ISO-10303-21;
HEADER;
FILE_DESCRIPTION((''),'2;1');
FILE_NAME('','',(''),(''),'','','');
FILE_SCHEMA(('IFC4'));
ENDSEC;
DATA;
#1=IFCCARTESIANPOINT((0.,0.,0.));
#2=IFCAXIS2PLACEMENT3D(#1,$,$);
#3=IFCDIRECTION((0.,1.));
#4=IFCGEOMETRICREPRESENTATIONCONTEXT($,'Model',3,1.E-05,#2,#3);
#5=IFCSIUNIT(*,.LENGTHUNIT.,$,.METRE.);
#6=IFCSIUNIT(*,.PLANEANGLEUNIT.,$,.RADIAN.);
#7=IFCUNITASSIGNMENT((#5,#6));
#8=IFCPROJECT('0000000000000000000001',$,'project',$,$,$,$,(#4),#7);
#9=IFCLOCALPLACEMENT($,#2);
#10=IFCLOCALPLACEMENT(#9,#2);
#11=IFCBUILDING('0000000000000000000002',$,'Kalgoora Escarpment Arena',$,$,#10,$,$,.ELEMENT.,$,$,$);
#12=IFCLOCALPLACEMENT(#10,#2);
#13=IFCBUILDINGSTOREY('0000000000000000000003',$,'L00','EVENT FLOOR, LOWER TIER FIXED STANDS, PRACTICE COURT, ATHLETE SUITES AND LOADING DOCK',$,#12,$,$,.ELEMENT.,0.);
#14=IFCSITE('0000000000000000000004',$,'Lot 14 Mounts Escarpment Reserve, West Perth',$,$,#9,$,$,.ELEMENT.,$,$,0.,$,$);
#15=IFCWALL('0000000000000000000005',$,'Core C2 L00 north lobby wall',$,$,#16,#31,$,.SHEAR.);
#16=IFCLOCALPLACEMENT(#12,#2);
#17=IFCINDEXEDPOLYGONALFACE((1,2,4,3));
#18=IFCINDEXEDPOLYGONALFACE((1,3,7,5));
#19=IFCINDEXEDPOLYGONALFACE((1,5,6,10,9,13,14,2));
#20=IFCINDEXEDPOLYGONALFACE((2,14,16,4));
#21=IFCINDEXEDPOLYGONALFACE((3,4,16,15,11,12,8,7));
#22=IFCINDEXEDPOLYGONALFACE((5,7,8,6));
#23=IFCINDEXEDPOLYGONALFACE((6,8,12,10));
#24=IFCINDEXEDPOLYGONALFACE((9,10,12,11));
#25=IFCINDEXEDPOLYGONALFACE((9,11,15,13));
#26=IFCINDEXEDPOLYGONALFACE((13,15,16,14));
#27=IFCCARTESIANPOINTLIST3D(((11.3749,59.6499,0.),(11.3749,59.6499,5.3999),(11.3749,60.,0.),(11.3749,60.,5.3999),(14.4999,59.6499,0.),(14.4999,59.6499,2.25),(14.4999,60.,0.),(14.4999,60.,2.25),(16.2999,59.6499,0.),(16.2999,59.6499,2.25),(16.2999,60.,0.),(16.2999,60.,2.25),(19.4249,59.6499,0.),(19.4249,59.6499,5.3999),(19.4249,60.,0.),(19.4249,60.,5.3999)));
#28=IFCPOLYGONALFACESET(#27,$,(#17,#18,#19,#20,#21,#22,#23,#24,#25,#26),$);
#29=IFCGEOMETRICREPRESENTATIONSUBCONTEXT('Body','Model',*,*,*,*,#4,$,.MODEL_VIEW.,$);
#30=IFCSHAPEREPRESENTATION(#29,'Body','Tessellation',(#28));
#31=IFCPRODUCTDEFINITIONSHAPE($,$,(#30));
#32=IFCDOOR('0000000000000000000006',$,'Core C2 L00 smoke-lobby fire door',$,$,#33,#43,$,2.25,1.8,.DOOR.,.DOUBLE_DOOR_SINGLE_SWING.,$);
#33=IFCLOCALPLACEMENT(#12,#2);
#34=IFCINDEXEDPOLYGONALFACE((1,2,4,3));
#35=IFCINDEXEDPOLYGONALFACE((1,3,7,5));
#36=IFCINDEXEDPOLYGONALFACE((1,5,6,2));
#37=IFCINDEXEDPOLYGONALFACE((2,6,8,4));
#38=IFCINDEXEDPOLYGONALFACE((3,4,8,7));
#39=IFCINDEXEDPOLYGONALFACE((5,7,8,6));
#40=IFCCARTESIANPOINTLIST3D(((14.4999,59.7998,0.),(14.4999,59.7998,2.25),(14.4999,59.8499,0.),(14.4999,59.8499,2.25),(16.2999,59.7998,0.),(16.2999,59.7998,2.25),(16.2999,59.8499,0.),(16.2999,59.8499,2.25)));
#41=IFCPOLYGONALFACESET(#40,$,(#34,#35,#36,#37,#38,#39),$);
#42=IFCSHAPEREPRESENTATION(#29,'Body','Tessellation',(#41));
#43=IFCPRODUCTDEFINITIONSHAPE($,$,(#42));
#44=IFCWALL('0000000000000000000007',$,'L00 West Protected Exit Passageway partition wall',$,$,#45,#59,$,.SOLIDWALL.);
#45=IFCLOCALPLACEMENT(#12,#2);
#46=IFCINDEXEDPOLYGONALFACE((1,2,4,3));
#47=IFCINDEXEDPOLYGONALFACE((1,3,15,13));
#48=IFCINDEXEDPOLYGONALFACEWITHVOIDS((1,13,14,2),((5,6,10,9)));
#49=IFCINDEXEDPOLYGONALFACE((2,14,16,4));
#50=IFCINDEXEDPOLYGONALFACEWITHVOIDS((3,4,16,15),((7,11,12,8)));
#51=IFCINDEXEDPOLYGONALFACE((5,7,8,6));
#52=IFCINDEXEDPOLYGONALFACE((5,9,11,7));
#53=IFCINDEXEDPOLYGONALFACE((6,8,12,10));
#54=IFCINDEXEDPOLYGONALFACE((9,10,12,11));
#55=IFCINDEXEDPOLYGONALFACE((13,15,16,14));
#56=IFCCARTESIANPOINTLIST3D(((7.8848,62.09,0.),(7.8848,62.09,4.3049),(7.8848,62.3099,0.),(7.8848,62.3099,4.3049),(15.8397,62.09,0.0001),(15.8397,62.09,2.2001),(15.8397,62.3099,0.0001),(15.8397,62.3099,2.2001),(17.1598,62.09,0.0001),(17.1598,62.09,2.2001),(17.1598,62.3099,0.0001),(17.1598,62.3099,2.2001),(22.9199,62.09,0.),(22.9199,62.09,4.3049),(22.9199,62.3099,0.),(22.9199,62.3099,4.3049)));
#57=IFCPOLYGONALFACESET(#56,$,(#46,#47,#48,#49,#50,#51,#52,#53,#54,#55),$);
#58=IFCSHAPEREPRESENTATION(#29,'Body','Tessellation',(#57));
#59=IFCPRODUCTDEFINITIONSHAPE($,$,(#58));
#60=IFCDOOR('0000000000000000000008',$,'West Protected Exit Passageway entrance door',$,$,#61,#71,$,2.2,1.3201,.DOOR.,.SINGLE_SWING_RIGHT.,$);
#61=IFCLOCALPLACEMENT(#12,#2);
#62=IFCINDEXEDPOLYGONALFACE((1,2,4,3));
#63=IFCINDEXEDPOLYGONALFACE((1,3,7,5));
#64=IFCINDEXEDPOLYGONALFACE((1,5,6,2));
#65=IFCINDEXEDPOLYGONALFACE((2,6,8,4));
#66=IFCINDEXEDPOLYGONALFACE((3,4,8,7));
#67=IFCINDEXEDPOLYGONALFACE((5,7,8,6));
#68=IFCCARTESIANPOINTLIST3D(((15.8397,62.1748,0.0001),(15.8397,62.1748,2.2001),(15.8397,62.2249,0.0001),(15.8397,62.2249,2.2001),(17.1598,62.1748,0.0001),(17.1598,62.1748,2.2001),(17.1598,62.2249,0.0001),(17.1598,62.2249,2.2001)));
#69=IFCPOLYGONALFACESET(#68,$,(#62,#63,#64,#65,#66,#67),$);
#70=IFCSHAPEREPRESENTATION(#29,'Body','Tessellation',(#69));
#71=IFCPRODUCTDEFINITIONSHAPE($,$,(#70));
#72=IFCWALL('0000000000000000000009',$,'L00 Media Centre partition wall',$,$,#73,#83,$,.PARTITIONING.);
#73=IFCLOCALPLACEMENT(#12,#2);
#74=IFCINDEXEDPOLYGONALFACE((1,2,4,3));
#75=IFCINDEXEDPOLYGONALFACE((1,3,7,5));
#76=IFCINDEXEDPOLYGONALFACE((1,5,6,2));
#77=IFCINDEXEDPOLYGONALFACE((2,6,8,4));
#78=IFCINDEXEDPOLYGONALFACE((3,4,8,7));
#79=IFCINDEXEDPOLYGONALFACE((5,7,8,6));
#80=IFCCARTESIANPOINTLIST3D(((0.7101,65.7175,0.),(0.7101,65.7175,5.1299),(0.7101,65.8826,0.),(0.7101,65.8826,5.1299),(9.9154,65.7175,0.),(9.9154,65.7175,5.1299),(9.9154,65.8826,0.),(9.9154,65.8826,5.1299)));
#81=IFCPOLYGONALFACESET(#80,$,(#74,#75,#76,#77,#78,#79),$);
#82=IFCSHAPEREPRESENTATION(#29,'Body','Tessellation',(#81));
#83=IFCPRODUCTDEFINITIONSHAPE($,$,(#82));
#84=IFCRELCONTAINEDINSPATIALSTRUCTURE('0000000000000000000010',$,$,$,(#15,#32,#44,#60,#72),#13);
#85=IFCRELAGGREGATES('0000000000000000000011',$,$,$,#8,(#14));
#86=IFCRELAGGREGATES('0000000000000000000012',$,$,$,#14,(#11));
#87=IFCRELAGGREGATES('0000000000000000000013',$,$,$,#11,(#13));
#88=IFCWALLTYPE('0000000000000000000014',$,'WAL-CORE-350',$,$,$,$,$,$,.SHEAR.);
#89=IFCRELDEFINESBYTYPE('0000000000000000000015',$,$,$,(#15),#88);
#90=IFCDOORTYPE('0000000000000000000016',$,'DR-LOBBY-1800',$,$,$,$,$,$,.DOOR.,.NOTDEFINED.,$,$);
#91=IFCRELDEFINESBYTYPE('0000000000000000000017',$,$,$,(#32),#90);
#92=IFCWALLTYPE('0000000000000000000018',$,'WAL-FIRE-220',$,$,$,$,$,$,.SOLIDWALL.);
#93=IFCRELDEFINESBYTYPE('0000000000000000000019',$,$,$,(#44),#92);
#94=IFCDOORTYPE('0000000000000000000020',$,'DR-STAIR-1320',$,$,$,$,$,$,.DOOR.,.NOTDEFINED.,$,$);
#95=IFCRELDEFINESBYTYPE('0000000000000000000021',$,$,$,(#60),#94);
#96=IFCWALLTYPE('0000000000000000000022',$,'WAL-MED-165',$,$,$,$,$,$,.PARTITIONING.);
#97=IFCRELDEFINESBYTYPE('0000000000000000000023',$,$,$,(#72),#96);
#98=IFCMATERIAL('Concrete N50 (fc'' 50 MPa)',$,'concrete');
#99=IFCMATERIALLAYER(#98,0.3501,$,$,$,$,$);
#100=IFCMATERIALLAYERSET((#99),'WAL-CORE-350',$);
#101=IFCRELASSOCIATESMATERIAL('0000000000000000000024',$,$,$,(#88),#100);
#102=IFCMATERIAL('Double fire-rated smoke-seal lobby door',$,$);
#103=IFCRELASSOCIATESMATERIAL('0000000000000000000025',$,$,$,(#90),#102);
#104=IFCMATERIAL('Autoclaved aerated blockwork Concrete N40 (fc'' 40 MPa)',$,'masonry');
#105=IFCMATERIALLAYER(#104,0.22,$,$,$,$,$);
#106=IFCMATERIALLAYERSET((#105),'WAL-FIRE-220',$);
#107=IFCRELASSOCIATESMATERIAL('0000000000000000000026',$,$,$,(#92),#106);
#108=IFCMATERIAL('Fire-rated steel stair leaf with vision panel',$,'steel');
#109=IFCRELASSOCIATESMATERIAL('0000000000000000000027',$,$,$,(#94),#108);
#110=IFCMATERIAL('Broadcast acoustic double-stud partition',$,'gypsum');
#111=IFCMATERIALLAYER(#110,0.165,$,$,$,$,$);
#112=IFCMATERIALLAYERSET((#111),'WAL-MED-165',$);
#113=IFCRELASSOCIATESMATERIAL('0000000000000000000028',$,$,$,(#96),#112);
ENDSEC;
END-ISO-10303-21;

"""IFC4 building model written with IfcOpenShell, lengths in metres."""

from ifc_helpers import new_model, si_unit, direction, frame, frame_2d, origin, place, context, subcontext, project, spatial, rectangle, extrude, material, layer, layer_set, type_object, element, fill, save


model = new_model("IFC4")

# Units and contexts
model_context = context("Model", 3, precision=1e-05, world=origin(), true_north=direction((0.0, 1.0)))
body_context = subcontext(model_context, "Body", "Model", "MODEL_VIEW")
ifc_project = project(units=[si_unit("LENGTHUNIT", "METRE"), si_unit("PLANEANGLEUNIT", "RADIAN")], contexts=[model_context])

# Site, building, storey
site_placement = place(None, origin())
site = spatial("IfcSite", under=ifc_project, at=site_placement, Name="Lot 14 Mounts Escarpment Reserve, West Perth", CompositionType="ELEMENT", RefElevation=0.0)
building_placement = place(site_placement, origin())
building = spatial("IfcBuilding", under=site, at=building_placement, Name="Kalgoora Escarpment Arena", CompositionType="ELEMENT")
storey_placement = place(building_placement, origin())
storey = spatial("IfcBuildingStorey", under=building, at=storey_placement, Name="L00", Description="EVENT FLOOR, LOWER TIER FIXED STANDS, PRACTICE COURT, ATHLETE SUITES AND LOADING DOCK", CompositionType="ELEMENT", Elevation=0.0)

# Shared definitions
ifc_material_1 = material(Name="Concrete N50 (fc' 50 MPa)", Category="concrete")
ifc_layer_1 = layer(ifc_material_1, 0.3501)
ifc_layer_set_1 = layer_set([ifc_layer_1], Name="WAL-CORE-350")
wall_type_1 = type_object("IfcWallType", Name="WAL-CORE-350", PredefinedType="SHEAR", material=ifc_layer_set_1)

# Walls, openings, doors
wall_1_placement = place(storey_placement, frame((11.375, 59.825, 0.0), z_axis=(0.0, 0.0, 1.0), x_axis=(1.0, 0.0, 0.0)))
wall_1 = element("IfcWall", 1, at=wall_1_placement, inside=storey, type_object=wall_type_1, Name="Core C2 L00 north lobby wall", PredefinedType="SHEAR", context=body_context, shape_type="SweptSolid", body=[
    extrude(rectangle(XDim=8.05, YDim=0.3501, at=frame_2d((4.0249, 0.0))), origin(), (0.0, 0.0, 1.0), 5.3999),
])
opening_1_placement = place(wall_1_placement, frame((3.125, 0.0, 0.0)))
opening_1 = element("IfcOpeningElement", 2, at=opening_1_placement, cuts=wall_1, PredefinedType="OPENING", context=body_context, shape_type="SweptSolid", body=[
    extrude(rectangle(XDim=1.8, YDim=2.25, at=frame_2d((0.8999, 1.125))), frame((0.0, 0.1851, 0.0), z_axis=(0.0, -1.0, 0.0), x_axis=(1.0, 0.0, 0.0)), (0.0, 0.0, 1.0), 0.3701),
])
ifc_material_2 = material(Name="Double fire-rated smoke-seal lobby door")
door_type_1 = type_object("IfcDoorType", Name="DR-LOBBY-1800", OperationType="NOTDEFINED", PredefinedType="DOOR", material=ifc_material_2)
door_1_placement = place(opening_1_placement, origin())
door_1 = element("IfcDoor", 3, at=door_1_placement, inside=storey, type_object=door_type_1, Name="Core C2 L00 smoke-lobby fire door", OperationType="DOUBLE_DOOR_SINGLE_SWING", OverallHeight=2.25, OverallWidth=1.8, PredefinedType="DOOR", context=body_context, shape_type="SweptSolid", body=[
    extrude(rectangle(XDim=1.8, YDim=2.25, at=frame_2d((0.8999, 1.125))), frame((0.0, 0.0249, 0.0), z_axis=(0.0, -1.0, 0.0), x_axis=(1.0, 0.0, 0.0)), (0.0, 0.0, 1.0), 0.05),
])
fill(opening_1, door_1)
ifc_material_3 = material(Name="Autoclaved aerated blockwork Concrete N40 (fc' 40 MPa)", Category="masonry")
ifc_layer_2 = layer(ifc_material_3, 0.22)
ifc_layer_set_2 = layer_set([ifc_layer_2], Name="WAL-FIRE-220")
wall_type_2 = type_object("IfcWallType", Name="WAL-FIRE-220", PredefinedType="SOLIDWALL", material=ifc_layer_set_2)
wall_2_placement = place(storey_placement, frame((7.8848, 62.2, 0.0), z_axis=(0.0, 0.0, 1.0), x_axis=(1.0, 0.0, 0.0)))
wall_2 = element("IfcWall", 4, at=wall_2_placement, inside=storey, type_object=wall_type_2, Name="L00 West Protected Exit Passageway partition wall", PredefinedType="SOLIDWALL", context=body_context, shape_type="SweptSolid", body=[
    extrude(rectangle(XDim=15.0352, YDim=0.22, at=frame_2d((7.5176, 0.0))), origin(), (0.0, 0.0, 1.0), 4.3049),
])
opening_2_placement = place(wall_2_placement, frame((7.9548, 0.0, 0.0)))
opening_2 = element("IfcOpeningElement", 5, at=opening_2_placement, cuts=wall_2, PredefinedType="OPENING", context=body_context, shape_type="SweptSolid", body=[
    extrude(rectangle(XDim=1.3201, YDim=2.2, at=frame_2d((0.6602, 1.1001))), frame((0.0, 0.1199, 0.0), z_axis=(0.0, -1.0, 0.0), x_axis=(1.0, 0.0, 0.0)), (0.0, 0.0, 1.0), 0.24),
])
ifc_material_4 = material(Name="Fire-rated steel stair leaf with vision panel", Category="steel")
door_type_2 = type_object("IfcDoorType", Name="DR-STAIR-1320", OperationType="NOTDEFINED", PredefinedType="DOOR", material=ifc_material_4)
door_2_placement = place(opening_2_placement, origin())
door_2 = element("IfcDoor", 6, at=door_2_placement, inside=storey, type_object=door_type_2, Name="West Protected Exit Passageway entrance door", OperationType="SINGLE_SWING_RIGHT", OverallHeight=2.2, OverallWidth=1.3201, PredefinedType="DOOR", context=body_context, shape_type="SweptSolid", body=[
    extrude(rectangle(XDim=1.3201, YDim=2.2, at=frame_2d((0.6602, 1.1001))), frame((0.0, 0.0249, 0.0), z_axis=(0.0, -1.0, 0.0), x_axis=(1.0, 0.0, 0.0)), (0.0, 0.0, 1.0), 0.05),
])
fill(opening_2, door_2)

# Wall
ifc_material_5 = material(Name="Broadcast acoustic double-stud partition", Category="gypsum")
ifc_layer_3 = layer(ifc_material_5, 0.165)
ifc_layer_set_3 = layer_set([ifc_layer_3], Name="WAL-MED-165")
wall_type_3 = type_object("IfcWallType", Name="WAL-MED-165", PredefinedType="PARTITIONING", material=ifc_layer_set_3)
wall_3_placement = place(storey_placement, frame((9.9153, 65.8, 0.0), z_axis=(0.0, 0.0, 1.0), x_axis=(-1.0, 0.0, 0.0)))
element("IfcWall", 7, at=wall_3_placement, inside=storey, type_object=wall_type_3, Name="L00 Media Centre partition wall", PredefinedType="PARTITIONING", context=body_context, shape_type="SweptSolid", body=[
    extrude(rectangle(XDim=9.2053, YDim=0.165, at=frame_2d((4.6025, 0.0))), origin(), (0.0, 0.0, 1.0), 5.1299),
])

save(model, "model.ifc")
